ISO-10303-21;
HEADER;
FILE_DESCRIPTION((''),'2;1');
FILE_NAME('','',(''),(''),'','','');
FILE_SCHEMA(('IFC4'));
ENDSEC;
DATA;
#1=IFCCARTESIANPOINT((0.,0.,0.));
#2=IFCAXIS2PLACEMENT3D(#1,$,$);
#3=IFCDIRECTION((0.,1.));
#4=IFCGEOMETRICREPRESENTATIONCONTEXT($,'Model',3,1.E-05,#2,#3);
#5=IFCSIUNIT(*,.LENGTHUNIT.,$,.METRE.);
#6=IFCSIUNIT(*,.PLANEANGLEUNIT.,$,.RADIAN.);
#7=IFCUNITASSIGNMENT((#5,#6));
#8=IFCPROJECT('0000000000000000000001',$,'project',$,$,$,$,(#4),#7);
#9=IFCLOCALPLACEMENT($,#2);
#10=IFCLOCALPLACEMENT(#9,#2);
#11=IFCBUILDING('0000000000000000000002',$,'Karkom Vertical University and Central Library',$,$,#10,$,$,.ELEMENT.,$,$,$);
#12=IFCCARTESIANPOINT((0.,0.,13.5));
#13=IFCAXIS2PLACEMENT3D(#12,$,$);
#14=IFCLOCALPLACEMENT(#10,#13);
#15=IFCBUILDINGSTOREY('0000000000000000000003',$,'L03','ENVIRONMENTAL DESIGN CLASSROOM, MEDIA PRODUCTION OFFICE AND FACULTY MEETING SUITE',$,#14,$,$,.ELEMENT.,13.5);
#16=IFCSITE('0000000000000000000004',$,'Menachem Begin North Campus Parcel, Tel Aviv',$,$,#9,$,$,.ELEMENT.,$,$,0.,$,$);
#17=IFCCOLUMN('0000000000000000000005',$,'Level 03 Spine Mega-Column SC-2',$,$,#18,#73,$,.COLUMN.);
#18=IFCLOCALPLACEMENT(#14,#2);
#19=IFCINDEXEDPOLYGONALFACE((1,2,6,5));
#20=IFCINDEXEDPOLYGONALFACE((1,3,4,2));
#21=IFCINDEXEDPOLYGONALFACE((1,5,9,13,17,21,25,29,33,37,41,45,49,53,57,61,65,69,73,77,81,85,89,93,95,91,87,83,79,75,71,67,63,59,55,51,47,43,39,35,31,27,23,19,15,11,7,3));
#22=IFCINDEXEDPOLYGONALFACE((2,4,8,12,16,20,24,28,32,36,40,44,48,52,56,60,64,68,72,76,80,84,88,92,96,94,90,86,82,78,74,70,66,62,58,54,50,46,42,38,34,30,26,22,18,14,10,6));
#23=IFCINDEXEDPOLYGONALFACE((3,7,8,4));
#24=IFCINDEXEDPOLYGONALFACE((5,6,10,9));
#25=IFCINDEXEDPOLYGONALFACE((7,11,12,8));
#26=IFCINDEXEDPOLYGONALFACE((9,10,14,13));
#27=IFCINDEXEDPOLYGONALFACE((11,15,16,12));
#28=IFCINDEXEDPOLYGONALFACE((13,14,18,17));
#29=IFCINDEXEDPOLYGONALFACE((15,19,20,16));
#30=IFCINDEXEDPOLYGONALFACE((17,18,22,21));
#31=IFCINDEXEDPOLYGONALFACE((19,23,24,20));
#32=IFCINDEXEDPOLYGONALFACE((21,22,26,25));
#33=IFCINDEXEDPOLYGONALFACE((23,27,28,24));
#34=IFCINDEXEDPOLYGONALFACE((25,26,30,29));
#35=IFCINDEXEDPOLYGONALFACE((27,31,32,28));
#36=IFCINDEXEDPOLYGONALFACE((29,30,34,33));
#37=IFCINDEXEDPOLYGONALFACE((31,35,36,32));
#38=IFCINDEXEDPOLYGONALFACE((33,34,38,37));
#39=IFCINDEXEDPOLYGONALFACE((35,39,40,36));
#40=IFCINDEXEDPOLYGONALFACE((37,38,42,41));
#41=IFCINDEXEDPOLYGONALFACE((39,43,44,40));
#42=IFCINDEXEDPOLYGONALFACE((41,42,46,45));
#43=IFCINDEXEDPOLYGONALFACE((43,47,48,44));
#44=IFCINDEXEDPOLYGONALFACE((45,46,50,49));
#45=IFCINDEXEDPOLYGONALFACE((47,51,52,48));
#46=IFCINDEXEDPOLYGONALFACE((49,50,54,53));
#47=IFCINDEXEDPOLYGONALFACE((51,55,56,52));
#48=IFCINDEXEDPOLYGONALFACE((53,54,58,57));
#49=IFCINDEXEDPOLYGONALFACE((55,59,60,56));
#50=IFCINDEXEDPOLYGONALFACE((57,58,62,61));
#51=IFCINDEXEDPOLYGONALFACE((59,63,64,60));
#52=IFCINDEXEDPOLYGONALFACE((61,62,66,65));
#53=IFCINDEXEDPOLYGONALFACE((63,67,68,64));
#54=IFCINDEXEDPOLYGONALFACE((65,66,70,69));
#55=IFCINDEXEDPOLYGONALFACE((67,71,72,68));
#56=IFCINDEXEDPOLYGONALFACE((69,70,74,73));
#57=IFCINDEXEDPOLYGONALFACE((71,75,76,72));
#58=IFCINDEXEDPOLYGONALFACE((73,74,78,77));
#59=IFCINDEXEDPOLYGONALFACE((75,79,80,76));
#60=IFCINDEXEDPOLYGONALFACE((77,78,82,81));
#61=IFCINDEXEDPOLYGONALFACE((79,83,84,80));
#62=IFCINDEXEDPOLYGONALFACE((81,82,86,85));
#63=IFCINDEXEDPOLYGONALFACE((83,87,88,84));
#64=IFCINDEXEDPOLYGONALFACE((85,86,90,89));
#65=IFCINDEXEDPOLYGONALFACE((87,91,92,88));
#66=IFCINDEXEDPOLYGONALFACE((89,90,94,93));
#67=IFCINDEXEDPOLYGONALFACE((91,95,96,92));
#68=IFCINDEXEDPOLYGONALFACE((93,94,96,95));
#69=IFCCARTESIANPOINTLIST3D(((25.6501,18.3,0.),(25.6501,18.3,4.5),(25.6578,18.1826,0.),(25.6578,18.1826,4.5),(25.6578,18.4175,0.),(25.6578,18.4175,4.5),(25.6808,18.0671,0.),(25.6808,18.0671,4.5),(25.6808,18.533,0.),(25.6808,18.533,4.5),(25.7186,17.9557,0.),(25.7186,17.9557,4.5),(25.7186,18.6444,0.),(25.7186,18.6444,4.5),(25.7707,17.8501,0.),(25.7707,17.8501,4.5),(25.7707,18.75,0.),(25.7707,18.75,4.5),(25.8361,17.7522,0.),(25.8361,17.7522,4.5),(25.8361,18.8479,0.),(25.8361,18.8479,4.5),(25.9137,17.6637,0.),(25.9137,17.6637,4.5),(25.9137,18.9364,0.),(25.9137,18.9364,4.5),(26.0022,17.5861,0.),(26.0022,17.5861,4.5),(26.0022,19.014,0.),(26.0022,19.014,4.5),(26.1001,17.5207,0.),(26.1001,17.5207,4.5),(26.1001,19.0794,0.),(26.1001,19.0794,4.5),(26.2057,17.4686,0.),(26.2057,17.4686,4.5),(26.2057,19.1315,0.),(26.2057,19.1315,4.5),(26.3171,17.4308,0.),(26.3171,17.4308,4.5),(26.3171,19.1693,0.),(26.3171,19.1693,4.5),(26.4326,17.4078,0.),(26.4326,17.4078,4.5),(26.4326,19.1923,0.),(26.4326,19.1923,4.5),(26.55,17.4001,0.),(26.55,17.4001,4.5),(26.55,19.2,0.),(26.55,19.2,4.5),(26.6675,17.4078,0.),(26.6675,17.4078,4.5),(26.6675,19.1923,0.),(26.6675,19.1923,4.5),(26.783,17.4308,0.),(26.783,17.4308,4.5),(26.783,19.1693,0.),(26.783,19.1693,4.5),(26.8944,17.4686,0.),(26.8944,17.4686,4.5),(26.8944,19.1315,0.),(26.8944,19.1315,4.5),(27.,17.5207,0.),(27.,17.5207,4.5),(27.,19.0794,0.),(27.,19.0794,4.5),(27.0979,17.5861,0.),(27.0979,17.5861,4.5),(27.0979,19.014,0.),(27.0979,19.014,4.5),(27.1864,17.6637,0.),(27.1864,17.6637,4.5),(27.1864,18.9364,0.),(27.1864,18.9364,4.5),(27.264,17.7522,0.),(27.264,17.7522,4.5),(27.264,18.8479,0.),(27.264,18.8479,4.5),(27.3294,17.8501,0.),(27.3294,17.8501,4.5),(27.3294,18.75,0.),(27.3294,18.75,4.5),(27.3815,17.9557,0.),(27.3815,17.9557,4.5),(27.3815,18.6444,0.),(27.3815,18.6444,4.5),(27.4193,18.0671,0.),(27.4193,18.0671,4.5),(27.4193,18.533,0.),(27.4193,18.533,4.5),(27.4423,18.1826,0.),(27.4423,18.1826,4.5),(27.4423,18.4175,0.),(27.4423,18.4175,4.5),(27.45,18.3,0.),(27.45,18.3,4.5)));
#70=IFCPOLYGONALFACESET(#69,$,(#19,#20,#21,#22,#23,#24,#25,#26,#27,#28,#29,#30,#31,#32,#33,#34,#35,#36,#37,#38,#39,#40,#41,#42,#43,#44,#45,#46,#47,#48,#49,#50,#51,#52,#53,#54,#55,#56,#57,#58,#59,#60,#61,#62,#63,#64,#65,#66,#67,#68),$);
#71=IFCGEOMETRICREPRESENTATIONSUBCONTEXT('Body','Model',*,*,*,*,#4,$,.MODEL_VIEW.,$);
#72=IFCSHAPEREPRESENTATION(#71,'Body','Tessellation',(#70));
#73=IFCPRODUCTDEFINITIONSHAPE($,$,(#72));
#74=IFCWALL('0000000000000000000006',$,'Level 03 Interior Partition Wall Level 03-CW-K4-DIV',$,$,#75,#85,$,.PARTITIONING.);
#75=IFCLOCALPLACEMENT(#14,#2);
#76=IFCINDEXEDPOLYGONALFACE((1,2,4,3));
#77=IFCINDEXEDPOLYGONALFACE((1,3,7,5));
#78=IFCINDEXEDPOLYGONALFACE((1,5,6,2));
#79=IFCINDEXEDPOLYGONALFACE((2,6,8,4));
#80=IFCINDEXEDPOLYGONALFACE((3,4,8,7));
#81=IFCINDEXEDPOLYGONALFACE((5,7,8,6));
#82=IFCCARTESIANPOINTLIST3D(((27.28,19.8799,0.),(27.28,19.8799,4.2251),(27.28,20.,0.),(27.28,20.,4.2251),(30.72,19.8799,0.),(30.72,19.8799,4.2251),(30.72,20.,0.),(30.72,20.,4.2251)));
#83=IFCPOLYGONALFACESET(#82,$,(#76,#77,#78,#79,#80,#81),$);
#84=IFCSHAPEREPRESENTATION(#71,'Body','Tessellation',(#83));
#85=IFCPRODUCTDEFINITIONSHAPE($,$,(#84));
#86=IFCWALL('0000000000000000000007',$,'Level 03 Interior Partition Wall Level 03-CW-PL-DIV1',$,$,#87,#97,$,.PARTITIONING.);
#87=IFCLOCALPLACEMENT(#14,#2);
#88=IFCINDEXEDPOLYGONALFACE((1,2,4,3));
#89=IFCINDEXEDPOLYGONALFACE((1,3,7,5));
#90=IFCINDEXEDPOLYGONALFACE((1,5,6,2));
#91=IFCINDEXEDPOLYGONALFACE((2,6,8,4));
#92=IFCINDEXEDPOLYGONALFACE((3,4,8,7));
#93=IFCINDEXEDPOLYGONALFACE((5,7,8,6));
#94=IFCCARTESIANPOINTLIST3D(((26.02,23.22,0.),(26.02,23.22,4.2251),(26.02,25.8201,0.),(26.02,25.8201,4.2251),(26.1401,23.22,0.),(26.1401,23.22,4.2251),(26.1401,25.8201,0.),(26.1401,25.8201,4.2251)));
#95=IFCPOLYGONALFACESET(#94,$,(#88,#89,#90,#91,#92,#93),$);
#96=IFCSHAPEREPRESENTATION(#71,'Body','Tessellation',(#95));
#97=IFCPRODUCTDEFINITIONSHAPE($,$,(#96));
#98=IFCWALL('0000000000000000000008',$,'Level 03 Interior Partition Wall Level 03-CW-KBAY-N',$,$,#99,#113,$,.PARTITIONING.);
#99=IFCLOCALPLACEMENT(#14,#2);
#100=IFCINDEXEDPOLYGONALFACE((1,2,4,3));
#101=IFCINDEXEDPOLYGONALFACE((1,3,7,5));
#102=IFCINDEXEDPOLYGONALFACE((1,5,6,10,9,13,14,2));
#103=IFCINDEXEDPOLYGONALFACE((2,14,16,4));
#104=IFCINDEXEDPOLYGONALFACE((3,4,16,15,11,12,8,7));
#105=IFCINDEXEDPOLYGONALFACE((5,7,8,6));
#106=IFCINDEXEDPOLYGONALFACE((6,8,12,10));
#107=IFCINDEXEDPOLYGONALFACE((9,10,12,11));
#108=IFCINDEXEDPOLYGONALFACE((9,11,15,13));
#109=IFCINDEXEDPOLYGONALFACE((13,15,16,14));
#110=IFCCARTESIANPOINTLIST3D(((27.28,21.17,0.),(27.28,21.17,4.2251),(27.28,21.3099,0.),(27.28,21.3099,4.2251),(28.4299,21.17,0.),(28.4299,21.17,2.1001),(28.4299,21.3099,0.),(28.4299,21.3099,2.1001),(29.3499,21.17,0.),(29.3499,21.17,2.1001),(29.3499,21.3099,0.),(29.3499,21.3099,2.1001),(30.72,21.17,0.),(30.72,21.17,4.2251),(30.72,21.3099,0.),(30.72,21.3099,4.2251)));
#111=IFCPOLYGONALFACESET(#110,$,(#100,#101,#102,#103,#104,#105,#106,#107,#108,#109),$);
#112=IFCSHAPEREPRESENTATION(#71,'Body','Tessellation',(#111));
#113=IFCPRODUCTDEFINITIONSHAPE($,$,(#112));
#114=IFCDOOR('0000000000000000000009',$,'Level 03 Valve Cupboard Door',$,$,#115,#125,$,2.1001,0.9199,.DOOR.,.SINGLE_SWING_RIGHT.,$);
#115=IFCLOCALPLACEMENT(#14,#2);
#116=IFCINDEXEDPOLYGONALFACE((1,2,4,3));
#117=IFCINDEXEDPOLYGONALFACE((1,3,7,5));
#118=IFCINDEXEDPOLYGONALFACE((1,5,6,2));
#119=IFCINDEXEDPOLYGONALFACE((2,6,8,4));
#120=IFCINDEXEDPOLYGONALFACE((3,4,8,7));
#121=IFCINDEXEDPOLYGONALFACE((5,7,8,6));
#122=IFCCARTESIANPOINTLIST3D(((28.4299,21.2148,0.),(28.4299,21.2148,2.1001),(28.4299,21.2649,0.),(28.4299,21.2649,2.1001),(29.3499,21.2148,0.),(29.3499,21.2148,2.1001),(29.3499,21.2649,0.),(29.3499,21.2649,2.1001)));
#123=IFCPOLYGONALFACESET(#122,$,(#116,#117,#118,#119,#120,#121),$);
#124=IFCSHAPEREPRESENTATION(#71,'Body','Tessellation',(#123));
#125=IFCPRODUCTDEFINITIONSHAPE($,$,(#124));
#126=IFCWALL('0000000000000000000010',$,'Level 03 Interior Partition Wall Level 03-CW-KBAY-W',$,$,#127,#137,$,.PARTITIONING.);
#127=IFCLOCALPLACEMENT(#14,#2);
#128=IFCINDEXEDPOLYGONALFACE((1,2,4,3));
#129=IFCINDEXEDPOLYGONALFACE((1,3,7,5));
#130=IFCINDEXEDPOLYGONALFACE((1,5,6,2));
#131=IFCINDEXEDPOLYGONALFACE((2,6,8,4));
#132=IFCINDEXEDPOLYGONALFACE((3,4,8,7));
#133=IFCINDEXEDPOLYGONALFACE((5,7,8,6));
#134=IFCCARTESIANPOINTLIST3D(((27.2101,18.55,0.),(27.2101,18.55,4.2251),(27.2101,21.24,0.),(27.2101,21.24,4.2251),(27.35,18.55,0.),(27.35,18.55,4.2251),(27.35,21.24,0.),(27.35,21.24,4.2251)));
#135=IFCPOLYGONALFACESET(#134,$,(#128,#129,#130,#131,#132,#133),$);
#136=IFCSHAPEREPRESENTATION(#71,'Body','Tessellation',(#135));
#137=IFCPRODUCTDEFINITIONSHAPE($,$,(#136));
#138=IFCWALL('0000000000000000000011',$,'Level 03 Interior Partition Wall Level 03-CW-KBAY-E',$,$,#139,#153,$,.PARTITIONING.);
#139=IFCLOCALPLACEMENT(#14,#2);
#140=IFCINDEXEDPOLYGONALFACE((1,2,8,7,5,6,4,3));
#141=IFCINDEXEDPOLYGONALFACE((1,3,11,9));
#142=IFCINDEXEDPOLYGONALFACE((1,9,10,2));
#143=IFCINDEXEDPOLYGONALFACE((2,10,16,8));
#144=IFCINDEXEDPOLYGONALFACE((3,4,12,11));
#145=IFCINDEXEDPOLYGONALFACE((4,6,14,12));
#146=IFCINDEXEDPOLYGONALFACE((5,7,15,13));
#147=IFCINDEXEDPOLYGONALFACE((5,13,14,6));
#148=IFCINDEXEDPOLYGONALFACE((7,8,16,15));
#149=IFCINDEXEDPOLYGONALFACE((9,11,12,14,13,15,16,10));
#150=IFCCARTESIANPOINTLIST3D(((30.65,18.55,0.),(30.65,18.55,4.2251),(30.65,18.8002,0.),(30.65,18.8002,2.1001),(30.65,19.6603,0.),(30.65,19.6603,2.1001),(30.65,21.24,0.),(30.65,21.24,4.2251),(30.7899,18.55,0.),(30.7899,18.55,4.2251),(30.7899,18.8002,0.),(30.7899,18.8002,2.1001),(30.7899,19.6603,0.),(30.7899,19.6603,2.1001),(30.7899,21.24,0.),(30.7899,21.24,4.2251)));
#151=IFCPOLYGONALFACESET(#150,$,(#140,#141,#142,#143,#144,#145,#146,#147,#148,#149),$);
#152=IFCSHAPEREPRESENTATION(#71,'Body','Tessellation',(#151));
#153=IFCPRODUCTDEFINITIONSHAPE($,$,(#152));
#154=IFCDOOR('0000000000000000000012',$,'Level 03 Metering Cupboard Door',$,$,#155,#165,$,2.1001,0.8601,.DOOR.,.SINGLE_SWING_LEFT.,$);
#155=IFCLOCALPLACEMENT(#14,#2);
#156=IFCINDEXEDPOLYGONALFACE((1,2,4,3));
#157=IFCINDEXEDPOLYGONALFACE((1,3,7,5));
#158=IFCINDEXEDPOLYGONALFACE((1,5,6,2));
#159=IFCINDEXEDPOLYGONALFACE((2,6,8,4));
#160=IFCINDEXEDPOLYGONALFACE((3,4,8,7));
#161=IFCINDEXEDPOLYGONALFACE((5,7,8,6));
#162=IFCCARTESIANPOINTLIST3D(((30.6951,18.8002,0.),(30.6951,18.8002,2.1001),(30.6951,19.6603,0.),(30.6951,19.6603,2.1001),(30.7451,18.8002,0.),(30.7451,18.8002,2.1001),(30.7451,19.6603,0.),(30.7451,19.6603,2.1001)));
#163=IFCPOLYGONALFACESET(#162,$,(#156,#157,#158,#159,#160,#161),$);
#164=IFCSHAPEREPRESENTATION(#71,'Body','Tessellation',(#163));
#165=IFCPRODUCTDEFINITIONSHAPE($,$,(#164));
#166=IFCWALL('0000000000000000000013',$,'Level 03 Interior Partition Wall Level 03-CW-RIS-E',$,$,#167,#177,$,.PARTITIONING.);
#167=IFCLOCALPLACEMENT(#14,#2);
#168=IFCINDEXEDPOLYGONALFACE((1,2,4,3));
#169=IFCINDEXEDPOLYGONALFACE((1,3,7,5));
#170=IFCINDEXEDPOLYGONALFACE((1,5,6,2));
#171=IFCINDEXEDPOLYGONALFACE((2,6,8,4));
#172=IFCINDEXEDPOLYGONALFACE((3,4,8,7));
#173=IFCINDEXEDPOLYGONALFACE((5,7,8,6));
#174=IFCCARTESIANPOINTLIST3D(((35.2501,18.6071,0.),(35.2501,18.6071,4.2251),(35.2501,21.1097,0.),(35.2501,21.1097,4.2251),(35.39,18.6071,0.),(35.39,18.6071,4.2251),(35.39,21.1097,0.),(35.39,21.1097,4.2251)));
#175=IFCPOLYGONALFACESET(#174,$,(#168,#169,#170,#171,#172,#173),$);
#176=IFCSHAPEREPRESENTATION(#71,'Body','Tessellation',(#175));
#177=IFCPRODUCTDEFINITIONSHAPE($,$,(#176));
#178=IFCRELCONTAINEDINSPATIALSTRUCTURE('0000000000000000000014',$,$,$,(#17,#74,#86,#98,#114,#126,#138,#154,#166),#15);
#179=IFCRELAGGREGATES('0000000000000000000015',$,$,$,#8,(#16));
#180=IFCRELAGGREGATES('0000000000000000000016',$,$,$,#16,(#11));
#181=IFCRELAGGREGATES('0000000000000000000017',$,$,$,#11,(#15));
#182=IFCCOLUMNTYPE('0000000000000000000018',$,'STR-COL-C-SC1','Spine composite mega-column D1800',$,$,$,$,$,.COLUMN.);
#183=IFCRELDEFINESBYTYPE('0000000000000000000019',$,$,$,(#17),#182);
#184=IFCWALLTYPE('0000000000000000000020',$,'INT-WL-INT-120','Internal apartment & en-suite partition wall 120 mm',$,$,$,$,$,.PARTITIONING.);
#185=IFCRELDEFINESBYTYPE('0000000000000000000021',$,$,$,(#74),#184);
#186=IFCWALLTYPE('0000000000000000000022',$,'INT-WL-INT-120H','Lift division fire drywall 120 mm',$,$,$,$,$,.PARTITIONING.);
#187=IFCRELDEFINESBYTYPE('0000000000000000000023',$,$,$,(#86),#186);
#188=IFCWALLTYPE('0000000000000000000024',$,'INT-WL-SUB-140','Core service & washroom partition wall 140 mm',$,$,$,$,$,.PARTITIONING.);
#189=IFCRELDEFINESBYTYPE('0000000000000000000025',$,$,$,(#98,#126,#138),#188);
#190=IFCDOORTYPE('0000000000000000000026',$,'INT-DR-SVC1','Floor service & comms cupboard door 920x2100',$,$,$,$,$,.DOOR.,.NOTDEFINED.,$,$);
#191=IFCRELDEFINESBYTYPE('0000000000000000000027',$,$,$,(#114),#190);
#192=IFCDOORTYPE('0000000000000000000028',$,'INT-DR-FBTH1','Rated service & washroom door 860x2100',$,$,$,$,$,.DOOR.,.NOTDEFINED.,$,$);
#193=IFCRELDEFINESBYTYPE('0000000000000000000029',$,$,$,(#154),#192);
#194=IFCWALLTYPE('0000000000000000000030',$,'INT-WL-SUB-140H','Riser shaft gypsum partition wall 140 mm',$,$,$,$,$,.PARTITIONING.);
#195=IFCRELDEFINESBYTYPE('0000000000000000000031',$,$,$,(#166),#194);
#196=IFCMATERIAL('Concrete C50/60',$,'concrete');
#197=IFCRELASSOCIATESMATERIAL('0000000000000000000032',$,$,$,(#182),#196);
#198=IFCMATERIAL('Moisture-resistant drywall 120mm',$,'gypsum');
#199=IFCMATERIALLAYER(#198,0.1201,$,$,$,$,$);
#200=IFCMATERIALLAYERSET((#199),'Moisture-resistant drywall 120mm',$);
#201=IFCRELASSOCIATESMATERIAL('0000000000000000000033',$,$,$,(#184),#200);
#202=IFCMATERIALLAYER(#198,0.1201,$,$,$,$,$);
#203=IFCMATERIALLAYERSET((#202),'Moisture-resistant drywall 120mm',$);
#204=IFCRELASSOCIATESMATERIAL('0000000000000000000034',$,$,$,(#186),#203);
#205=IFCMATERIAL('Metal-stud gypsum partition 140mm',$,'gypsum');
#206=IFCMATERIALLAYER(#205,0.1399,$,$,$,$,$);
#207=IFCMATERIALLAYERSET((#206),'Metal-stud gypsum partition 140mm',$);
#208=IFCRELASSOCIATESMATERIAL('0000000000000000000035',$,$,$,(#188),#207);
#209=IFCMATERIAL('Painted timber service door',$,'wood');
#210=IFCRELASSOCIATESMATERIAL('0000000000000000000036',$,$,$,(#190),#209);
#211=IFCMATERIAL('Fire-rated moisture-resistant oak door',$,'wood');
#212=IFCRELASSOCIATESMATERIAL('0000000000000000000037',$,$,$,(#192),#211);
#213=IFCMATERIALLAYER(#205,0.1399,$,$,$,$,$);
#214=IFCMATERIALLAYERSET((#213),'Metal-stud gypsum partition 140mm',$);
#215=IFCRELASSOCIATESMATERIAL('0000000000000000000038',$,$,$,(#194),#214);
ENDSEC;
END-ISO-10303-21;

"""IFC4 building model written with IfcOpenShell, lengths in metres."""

from ifc_helpers import new_model, si_unit, direction, frame, frame_2d, origin, origin_with_axes, origin_2d, place, context, subcontext, project, spatial, rectangle, circle, extrude, source, transform, mapped, material, layer, layer_set, material_profile, profile_set, type_object, element, fill, save


model = new_model("IFC4")

# Units and contexts
model_context = context("Model", 3, precision=1e-05, world=origin(), true_north=direction((0.0, 1.0)))
body_context = subcontext(model_context, "Body", "Model", "MODEL_VIEW")
ifc_project = project(units=[si_unit("LENGTHUNIT", "METRE"), si_unit("PLANEANGLEUNIT", "RADIAN")], contexts=[model_context])

# Site, building, storey
site_placement = place(None, origin())
site = spatial("IfcSite", under=ifc_project, at=site_placement, Name="Menachem Begin North Campus Parcel, Tel Aviv", CompositionType="ELEMENT", RefElevation=0.0)
building_placement = place(site_placement, origin())
building = spatial("IfcBuilding", under=site, at=building_placement, Name="Karkom Vertical University and Central Library", CompositionType="ELEMENT")
storey_placement = place(building_placement, frame((0.0, 0.0, 13.5)))
storey = spatial("IfcBuildingStorey", under=building, at=storey_placement, Name="L03", Description="ENVIRONMENTAL DESIGN CLASSROOM, MEDIA PRODUCTION OFFICE AND FACULTY MEETING SUITE", CompositionType="ELEMENT", Elevation=13.5)

# Column
ifc_material_1 = material(Name="Concrete C50/60", Category="concrete")
ifc_material_profile = material_profile(ifc_material_1, circle(Radius=0.8999, at=origin_2d()), Name="CFT-D1800")
ifc_profile_set = profile_set([ifc_material_profile], Name="Concrete C50/60")
column_type = type_object("IfcColumnType", Name="STR-COL-C-SC1", Description="Spine composite mega-column D1800", PredefinedType="COLUMN", material=ifc_profile_set)
shared_shape_1 = source(origin_with_axes(), body_context, "Body", "SweptSolid", [
    extrude(circle(Radius=0.8999, at=origin_2d()), origin(), (0.0, 0.0, 1.0), 4.5),
])
column_placement = place(storey_placement, frame((26.55, 18.3, 0.0), z_axis=(0.0, 0.0, 1.0), x_axis=(1.0, 0.0, 0.0)))
element("IfcColumn", 1, at=column_placement, inside=storey, type_object=column_type, Name="Level 03 Spine Mega-Column SC-2", PredefinedType="COLUMN", context=body_context, shape_type="MappedRepresentation", body=[
    mapped(shared_shape_1, transform((0.0, 0.0, 0.0), scale=1.0)),
])

# Walls
ifc_material_2 = material(Name="Moisture-resistant drywall 120mm", Category="gypsum")
ifc_layer_1 = layer(ifc_material_2, 0.1201)
ifc_layer_set_1 = layer_set([ifc_layer_1], Name="Moisture-resistant drywall 120mm")
wall_type_1 = type_object("IfcWallType", Name="INT-WL-INT-120", Description="Internal apartment & en-suite partition wall 120 mm", PredefinedType="PARTITIONING", material=ifc_layer_set_1)
wall_1_placement = place(storey_placement, frame((27.28, 19.9399, 0.0), z_axis=(0.0, 0.0, 1.0), x_axis=(1.0, 0.0, 0.0)))
element("IfcWall", 2, at=wall_1_placement, inside=storey, type_object=wall_type_1, Name="Level 03 Interior Partition Wall Level 03-CW-K4-DIV", PredefinedType="PARTITIONING", context=body_context, shape_type="SweptSolid", body=[
    extrude(rectangle(XDim=3.4399, YDim=0.1201, at=frame_2d((1.72, 0.0))), origin(), (0.0, 0.0, 1.0), 4.2251),
])
ifc_layer_2 = layer(ifc_material_2, 0.1201)
ifc_layer_set_2 = layer_set([ifc_layer_2], Name="Moisture-resistant drywall 120mm")
wall_type_2 = type_object("IfcWallType", Name="INT-WL-INT-120H", Description="Lift division fire drywall 120 mm", PredefinedType="PARTITIONING", material=ifc_layer_set_2)
wall_2_placement = place(storey_placement, frame((26.0801, 23.22, 0.0), z_axis=(0.0, 0.0, 1.0), x_axis=(0.0, 1.0, 0.0)))
element("IfcWall", 3, at=wall_2_placement, inside=storey, type_object=wall_type_2, Name="Level 03 Interior Partition Wall Level 03-CW-PL-DIV1", PredefinedType="PARTITIONING", context=body_context, shape_type="SweptSolid", body=[
    extrude(rectangle(XDim=2.6001, YDim=0.1201, at=frame_2d((1.3, 0.0))), origin(), (0.0, 0.0, 1.0), 4.2251),
])

# Wall, opening, door
ifc_material_3 = material(Name="Metal-stud gypsum partition 140mm", Category="gypsum")
ifc_layer_3 = layer(ifc_material_3, 0.1399)
ifc_layer_set_3 = layer_set([ifc_layer_3], Name="Metal-stud gypsum partition 140mm")
wall_type_3 = type_object("IfcWallType", Name="INT-WL-SUB-140", Description="Core service & washroom partition wall 140 mm", PredefinedType="PARTITIONING", material=ifc_layer_set_3)
wall_3_placement = place(storey_placement, frame((27.28, 21.24, 0.0), z_axis=(0.0, 0.0, 1.0), x_axis=(1.0, 0.0, 0.0)))
wall_3 = element("IfcWall", 4, at=wall_3_placement, inside=storey, type_object=wall_type_3, Name="Level 03 Interior Partition Wall Level 03-CW-KBAY-N", PredefinedType="PARTITIONING", context=body_context, shape_type="SweptSolid", body=[
    extrude(rectangle(XDim=3.4399, YDim=0.1399, at=frame_2d((1.72, 0.0))), origin(), (0.0, 0.0, 1.0), 4.2251),
])
opening_1_placement = place(wall_3_placement, frame((1.1499, 0.0, 0.0)))
opening_1 = element("IfcOpeningElement", 5, at=opening_1_placement, cuts=wall_3, PredefinedType="OPENING", context=body_context, shape_type="SweptSolid", body=[
    extrude(rectangle(XDim=0.9199, YDim=2.1001, at=frame_2d((0.46, 1.05))), frame((0.0, 0.0801, 0.0), z_axis=(0.0, -1.0, 0.0), x_axis=(1.0, 0.0, 0.0)), (0.0, 0.0, 1.0), 0.1599),
])
ifc_material_4 = material(Name="Painted timber service door", Category="wood")
door_type_1 = type_object("IfcDoorType", Name="INT-DR-SVC1", Description="Floor service & comms cupboard door 920x2100", OperationType="NOTDEFINED", PredefinedType="DOOR", material=ifc_material_4)
shared_shape_2 = source(origin_with_axes(), body_context, "Body", "SweptSolid", [
    extrude(rectangle(XDim=0.9199, YDim=2.1001, at=frame_2d((0.46, 1.05))), frame((0.0, 0.0249, 0.0), z_axis=(0.0, -1.0, 0.0), x_axis=(1.0, 0.0, 0.0)), (0.0, 0.0, 1.0), 0.05),
])
door_1_placement = place(opening_1_placement, origin())
door_1 = element("IfcDoor", 6, at=door_1_placement, inside=storey, type_object=door_type_1, Name="Level 03 Valve Cupboard Door", OperationType="SINGLE_SWING_RIGHT", OverallHeight=2.1001, OverallWidth=0.9199, PredefinedType="DOOR", context=body_context, shape_type="MappedRepresentation", body=[
    mapped(shared_shape_2, transform((0.0, 0.0, 0.0), scale=1.0)),
])
fill(opening_1, door_1)

# Wall
wall_4_placement = place(storey_placement, frame((27.28, 18.55, 0.0), z_axis=(0.0, 0.0, 1.0), x_axis=(0.0, 1.0, 0.0)))
element("IfcWall", 7, at=wall_4_placement, inside=storey, type_object=wall_type_3, Name="Level 03 Interior Partition Wall Level 03-CW-KBAY-W", PredefinedType="PARTITIONING", context=body_context, shape_type="SweptSolid", body=[
    extrude(rectangle(XDim=2.6899, YDim=0.1399, at=frame_2d((1.345, 0.0))), origin(), (0.0, 0.0, 1.0), 4.2251),
])

# Wall, opening, door
wall_5_placement = place(storey_placement, frame((30.72, 18.55, 0.0), z_axis=(0.0, 0.0, 1.0), x_axis=(0.0, 1.0, 0.0)))
wall_5 = element("IfcWall", 8, at=wall_5_placement, inside=storey, type_object=wall_type_3, Name="Level 03 Interior Partition Wall Level 03-CW-KBAY-E", PredefinedType="PARTITIONING", context=body_context, shape_type="SweptSolid", body=[
    extrude(rectangle(XDim=2.6899, YDim=0.1399, at=frame_2d((1.345, 0.0))), origin(), (0.0, 0.0, 1.0), 4.2251),
])
opening_2_placement = place(wall_5_placement, frame((0.25, 0.0, 0.0)))
opening_2 = element("IfcOpeningElement", 9, at=opening_2_placement, cuts=wall_5, PredefinedType="OPENING", context=body_context, shape_type="SweptSolid", body=[
    extrude(rectangle(XDim=0.8601, YDim=2.1001, at=frame_2d((0.4302, 1.05))), frame((0.0, 0.0801, 0.0), z_axis=(0.0, -1.0, 0.0), x_axis=(1.0, 0.0, 0.0)), (0.0, 0.0, 1.0), 0.1599),
])
ifc_material_5 = material(Name="Fire-rated moisture-resistant oak door", Category="wood")
door_type_2 = type_object("IfcDoorType", Name="INT-DR-FBTH1", Description="Rated service & washroom door 860x2100", OperationType="NOTDEFINED", PredefinedType="DOOR", material=ifc_material_5)
shared_shape_3 = source(origin_with_axes(), body_context, "Body", "SweptSolid", [
    extrude(rectangle(XDim=0.8601, YDim=2.1001, at=frame_2d((0.4302, 1.05))), frame((0.0, 0.0249, 0.0), z_axis=(0.0, -1.0, 0.0), x_axis=(1.0, 0.0, 0.0)), (0.0, 0.0, 1.0), 0.05),
])
door_2_placement = place(opening_2_placement, origin())
door_2 = element("IfcDoor", 10, at=door_2_placement, inside=storey, type_object=door_type_2, Name="Level 03 Metering Cupboard Door", OperationType="SINGLE_SWING_LEFT", OverallHeight=2.1001, OverallWidth=0.8601, PredefinedType="DOOR", context=body_context, shape_type="MappedRepresentation", body=[
    mapped(shared_shape_3, transform((0.0, 0.0, 0.0), scale=1.0)),
])
fill(opening_2, door_2)

# Wall
ifc_layer_4 = layer(ifc_material_3, 0.1399)
ifc_layer_set_4 = layer_set([ifc_layer_4], Name="Metal-stud gypsum partition 140mm")
wall_type_4 = type_object("IfcWallType", Name="INT-WL-SUB-140H", Description="Riser shaft gypsum partition wall 140 mm", PredefinedType="PARTITIONING", material=ifc_layer_set_4)
wall_6_placement = place(storey_placement, frame((35.3201, 18.6069, 0.0), z_axis=(0.0, 0.0, 1.0), x_axis=(0.0, 1.0, 0.0)))
element("IfcWall", 11, at=wall_6_placement, inside=storey, type_object=wall_type_4, Name="Level 03 Interior Partition Wall Level 03-CW-RIS-E", PredefinedType="PARTITIONING", context=body_context, shape_type="SweptSolid", body=[
    extrude(rectangle(XDim=2.5027, YDim=0.1399, at=frame_2d((1.2515, 0.0))), origin(), (0.0, 0.0, 1.0), 4.2251),
])

save(model, "model.ifc")
